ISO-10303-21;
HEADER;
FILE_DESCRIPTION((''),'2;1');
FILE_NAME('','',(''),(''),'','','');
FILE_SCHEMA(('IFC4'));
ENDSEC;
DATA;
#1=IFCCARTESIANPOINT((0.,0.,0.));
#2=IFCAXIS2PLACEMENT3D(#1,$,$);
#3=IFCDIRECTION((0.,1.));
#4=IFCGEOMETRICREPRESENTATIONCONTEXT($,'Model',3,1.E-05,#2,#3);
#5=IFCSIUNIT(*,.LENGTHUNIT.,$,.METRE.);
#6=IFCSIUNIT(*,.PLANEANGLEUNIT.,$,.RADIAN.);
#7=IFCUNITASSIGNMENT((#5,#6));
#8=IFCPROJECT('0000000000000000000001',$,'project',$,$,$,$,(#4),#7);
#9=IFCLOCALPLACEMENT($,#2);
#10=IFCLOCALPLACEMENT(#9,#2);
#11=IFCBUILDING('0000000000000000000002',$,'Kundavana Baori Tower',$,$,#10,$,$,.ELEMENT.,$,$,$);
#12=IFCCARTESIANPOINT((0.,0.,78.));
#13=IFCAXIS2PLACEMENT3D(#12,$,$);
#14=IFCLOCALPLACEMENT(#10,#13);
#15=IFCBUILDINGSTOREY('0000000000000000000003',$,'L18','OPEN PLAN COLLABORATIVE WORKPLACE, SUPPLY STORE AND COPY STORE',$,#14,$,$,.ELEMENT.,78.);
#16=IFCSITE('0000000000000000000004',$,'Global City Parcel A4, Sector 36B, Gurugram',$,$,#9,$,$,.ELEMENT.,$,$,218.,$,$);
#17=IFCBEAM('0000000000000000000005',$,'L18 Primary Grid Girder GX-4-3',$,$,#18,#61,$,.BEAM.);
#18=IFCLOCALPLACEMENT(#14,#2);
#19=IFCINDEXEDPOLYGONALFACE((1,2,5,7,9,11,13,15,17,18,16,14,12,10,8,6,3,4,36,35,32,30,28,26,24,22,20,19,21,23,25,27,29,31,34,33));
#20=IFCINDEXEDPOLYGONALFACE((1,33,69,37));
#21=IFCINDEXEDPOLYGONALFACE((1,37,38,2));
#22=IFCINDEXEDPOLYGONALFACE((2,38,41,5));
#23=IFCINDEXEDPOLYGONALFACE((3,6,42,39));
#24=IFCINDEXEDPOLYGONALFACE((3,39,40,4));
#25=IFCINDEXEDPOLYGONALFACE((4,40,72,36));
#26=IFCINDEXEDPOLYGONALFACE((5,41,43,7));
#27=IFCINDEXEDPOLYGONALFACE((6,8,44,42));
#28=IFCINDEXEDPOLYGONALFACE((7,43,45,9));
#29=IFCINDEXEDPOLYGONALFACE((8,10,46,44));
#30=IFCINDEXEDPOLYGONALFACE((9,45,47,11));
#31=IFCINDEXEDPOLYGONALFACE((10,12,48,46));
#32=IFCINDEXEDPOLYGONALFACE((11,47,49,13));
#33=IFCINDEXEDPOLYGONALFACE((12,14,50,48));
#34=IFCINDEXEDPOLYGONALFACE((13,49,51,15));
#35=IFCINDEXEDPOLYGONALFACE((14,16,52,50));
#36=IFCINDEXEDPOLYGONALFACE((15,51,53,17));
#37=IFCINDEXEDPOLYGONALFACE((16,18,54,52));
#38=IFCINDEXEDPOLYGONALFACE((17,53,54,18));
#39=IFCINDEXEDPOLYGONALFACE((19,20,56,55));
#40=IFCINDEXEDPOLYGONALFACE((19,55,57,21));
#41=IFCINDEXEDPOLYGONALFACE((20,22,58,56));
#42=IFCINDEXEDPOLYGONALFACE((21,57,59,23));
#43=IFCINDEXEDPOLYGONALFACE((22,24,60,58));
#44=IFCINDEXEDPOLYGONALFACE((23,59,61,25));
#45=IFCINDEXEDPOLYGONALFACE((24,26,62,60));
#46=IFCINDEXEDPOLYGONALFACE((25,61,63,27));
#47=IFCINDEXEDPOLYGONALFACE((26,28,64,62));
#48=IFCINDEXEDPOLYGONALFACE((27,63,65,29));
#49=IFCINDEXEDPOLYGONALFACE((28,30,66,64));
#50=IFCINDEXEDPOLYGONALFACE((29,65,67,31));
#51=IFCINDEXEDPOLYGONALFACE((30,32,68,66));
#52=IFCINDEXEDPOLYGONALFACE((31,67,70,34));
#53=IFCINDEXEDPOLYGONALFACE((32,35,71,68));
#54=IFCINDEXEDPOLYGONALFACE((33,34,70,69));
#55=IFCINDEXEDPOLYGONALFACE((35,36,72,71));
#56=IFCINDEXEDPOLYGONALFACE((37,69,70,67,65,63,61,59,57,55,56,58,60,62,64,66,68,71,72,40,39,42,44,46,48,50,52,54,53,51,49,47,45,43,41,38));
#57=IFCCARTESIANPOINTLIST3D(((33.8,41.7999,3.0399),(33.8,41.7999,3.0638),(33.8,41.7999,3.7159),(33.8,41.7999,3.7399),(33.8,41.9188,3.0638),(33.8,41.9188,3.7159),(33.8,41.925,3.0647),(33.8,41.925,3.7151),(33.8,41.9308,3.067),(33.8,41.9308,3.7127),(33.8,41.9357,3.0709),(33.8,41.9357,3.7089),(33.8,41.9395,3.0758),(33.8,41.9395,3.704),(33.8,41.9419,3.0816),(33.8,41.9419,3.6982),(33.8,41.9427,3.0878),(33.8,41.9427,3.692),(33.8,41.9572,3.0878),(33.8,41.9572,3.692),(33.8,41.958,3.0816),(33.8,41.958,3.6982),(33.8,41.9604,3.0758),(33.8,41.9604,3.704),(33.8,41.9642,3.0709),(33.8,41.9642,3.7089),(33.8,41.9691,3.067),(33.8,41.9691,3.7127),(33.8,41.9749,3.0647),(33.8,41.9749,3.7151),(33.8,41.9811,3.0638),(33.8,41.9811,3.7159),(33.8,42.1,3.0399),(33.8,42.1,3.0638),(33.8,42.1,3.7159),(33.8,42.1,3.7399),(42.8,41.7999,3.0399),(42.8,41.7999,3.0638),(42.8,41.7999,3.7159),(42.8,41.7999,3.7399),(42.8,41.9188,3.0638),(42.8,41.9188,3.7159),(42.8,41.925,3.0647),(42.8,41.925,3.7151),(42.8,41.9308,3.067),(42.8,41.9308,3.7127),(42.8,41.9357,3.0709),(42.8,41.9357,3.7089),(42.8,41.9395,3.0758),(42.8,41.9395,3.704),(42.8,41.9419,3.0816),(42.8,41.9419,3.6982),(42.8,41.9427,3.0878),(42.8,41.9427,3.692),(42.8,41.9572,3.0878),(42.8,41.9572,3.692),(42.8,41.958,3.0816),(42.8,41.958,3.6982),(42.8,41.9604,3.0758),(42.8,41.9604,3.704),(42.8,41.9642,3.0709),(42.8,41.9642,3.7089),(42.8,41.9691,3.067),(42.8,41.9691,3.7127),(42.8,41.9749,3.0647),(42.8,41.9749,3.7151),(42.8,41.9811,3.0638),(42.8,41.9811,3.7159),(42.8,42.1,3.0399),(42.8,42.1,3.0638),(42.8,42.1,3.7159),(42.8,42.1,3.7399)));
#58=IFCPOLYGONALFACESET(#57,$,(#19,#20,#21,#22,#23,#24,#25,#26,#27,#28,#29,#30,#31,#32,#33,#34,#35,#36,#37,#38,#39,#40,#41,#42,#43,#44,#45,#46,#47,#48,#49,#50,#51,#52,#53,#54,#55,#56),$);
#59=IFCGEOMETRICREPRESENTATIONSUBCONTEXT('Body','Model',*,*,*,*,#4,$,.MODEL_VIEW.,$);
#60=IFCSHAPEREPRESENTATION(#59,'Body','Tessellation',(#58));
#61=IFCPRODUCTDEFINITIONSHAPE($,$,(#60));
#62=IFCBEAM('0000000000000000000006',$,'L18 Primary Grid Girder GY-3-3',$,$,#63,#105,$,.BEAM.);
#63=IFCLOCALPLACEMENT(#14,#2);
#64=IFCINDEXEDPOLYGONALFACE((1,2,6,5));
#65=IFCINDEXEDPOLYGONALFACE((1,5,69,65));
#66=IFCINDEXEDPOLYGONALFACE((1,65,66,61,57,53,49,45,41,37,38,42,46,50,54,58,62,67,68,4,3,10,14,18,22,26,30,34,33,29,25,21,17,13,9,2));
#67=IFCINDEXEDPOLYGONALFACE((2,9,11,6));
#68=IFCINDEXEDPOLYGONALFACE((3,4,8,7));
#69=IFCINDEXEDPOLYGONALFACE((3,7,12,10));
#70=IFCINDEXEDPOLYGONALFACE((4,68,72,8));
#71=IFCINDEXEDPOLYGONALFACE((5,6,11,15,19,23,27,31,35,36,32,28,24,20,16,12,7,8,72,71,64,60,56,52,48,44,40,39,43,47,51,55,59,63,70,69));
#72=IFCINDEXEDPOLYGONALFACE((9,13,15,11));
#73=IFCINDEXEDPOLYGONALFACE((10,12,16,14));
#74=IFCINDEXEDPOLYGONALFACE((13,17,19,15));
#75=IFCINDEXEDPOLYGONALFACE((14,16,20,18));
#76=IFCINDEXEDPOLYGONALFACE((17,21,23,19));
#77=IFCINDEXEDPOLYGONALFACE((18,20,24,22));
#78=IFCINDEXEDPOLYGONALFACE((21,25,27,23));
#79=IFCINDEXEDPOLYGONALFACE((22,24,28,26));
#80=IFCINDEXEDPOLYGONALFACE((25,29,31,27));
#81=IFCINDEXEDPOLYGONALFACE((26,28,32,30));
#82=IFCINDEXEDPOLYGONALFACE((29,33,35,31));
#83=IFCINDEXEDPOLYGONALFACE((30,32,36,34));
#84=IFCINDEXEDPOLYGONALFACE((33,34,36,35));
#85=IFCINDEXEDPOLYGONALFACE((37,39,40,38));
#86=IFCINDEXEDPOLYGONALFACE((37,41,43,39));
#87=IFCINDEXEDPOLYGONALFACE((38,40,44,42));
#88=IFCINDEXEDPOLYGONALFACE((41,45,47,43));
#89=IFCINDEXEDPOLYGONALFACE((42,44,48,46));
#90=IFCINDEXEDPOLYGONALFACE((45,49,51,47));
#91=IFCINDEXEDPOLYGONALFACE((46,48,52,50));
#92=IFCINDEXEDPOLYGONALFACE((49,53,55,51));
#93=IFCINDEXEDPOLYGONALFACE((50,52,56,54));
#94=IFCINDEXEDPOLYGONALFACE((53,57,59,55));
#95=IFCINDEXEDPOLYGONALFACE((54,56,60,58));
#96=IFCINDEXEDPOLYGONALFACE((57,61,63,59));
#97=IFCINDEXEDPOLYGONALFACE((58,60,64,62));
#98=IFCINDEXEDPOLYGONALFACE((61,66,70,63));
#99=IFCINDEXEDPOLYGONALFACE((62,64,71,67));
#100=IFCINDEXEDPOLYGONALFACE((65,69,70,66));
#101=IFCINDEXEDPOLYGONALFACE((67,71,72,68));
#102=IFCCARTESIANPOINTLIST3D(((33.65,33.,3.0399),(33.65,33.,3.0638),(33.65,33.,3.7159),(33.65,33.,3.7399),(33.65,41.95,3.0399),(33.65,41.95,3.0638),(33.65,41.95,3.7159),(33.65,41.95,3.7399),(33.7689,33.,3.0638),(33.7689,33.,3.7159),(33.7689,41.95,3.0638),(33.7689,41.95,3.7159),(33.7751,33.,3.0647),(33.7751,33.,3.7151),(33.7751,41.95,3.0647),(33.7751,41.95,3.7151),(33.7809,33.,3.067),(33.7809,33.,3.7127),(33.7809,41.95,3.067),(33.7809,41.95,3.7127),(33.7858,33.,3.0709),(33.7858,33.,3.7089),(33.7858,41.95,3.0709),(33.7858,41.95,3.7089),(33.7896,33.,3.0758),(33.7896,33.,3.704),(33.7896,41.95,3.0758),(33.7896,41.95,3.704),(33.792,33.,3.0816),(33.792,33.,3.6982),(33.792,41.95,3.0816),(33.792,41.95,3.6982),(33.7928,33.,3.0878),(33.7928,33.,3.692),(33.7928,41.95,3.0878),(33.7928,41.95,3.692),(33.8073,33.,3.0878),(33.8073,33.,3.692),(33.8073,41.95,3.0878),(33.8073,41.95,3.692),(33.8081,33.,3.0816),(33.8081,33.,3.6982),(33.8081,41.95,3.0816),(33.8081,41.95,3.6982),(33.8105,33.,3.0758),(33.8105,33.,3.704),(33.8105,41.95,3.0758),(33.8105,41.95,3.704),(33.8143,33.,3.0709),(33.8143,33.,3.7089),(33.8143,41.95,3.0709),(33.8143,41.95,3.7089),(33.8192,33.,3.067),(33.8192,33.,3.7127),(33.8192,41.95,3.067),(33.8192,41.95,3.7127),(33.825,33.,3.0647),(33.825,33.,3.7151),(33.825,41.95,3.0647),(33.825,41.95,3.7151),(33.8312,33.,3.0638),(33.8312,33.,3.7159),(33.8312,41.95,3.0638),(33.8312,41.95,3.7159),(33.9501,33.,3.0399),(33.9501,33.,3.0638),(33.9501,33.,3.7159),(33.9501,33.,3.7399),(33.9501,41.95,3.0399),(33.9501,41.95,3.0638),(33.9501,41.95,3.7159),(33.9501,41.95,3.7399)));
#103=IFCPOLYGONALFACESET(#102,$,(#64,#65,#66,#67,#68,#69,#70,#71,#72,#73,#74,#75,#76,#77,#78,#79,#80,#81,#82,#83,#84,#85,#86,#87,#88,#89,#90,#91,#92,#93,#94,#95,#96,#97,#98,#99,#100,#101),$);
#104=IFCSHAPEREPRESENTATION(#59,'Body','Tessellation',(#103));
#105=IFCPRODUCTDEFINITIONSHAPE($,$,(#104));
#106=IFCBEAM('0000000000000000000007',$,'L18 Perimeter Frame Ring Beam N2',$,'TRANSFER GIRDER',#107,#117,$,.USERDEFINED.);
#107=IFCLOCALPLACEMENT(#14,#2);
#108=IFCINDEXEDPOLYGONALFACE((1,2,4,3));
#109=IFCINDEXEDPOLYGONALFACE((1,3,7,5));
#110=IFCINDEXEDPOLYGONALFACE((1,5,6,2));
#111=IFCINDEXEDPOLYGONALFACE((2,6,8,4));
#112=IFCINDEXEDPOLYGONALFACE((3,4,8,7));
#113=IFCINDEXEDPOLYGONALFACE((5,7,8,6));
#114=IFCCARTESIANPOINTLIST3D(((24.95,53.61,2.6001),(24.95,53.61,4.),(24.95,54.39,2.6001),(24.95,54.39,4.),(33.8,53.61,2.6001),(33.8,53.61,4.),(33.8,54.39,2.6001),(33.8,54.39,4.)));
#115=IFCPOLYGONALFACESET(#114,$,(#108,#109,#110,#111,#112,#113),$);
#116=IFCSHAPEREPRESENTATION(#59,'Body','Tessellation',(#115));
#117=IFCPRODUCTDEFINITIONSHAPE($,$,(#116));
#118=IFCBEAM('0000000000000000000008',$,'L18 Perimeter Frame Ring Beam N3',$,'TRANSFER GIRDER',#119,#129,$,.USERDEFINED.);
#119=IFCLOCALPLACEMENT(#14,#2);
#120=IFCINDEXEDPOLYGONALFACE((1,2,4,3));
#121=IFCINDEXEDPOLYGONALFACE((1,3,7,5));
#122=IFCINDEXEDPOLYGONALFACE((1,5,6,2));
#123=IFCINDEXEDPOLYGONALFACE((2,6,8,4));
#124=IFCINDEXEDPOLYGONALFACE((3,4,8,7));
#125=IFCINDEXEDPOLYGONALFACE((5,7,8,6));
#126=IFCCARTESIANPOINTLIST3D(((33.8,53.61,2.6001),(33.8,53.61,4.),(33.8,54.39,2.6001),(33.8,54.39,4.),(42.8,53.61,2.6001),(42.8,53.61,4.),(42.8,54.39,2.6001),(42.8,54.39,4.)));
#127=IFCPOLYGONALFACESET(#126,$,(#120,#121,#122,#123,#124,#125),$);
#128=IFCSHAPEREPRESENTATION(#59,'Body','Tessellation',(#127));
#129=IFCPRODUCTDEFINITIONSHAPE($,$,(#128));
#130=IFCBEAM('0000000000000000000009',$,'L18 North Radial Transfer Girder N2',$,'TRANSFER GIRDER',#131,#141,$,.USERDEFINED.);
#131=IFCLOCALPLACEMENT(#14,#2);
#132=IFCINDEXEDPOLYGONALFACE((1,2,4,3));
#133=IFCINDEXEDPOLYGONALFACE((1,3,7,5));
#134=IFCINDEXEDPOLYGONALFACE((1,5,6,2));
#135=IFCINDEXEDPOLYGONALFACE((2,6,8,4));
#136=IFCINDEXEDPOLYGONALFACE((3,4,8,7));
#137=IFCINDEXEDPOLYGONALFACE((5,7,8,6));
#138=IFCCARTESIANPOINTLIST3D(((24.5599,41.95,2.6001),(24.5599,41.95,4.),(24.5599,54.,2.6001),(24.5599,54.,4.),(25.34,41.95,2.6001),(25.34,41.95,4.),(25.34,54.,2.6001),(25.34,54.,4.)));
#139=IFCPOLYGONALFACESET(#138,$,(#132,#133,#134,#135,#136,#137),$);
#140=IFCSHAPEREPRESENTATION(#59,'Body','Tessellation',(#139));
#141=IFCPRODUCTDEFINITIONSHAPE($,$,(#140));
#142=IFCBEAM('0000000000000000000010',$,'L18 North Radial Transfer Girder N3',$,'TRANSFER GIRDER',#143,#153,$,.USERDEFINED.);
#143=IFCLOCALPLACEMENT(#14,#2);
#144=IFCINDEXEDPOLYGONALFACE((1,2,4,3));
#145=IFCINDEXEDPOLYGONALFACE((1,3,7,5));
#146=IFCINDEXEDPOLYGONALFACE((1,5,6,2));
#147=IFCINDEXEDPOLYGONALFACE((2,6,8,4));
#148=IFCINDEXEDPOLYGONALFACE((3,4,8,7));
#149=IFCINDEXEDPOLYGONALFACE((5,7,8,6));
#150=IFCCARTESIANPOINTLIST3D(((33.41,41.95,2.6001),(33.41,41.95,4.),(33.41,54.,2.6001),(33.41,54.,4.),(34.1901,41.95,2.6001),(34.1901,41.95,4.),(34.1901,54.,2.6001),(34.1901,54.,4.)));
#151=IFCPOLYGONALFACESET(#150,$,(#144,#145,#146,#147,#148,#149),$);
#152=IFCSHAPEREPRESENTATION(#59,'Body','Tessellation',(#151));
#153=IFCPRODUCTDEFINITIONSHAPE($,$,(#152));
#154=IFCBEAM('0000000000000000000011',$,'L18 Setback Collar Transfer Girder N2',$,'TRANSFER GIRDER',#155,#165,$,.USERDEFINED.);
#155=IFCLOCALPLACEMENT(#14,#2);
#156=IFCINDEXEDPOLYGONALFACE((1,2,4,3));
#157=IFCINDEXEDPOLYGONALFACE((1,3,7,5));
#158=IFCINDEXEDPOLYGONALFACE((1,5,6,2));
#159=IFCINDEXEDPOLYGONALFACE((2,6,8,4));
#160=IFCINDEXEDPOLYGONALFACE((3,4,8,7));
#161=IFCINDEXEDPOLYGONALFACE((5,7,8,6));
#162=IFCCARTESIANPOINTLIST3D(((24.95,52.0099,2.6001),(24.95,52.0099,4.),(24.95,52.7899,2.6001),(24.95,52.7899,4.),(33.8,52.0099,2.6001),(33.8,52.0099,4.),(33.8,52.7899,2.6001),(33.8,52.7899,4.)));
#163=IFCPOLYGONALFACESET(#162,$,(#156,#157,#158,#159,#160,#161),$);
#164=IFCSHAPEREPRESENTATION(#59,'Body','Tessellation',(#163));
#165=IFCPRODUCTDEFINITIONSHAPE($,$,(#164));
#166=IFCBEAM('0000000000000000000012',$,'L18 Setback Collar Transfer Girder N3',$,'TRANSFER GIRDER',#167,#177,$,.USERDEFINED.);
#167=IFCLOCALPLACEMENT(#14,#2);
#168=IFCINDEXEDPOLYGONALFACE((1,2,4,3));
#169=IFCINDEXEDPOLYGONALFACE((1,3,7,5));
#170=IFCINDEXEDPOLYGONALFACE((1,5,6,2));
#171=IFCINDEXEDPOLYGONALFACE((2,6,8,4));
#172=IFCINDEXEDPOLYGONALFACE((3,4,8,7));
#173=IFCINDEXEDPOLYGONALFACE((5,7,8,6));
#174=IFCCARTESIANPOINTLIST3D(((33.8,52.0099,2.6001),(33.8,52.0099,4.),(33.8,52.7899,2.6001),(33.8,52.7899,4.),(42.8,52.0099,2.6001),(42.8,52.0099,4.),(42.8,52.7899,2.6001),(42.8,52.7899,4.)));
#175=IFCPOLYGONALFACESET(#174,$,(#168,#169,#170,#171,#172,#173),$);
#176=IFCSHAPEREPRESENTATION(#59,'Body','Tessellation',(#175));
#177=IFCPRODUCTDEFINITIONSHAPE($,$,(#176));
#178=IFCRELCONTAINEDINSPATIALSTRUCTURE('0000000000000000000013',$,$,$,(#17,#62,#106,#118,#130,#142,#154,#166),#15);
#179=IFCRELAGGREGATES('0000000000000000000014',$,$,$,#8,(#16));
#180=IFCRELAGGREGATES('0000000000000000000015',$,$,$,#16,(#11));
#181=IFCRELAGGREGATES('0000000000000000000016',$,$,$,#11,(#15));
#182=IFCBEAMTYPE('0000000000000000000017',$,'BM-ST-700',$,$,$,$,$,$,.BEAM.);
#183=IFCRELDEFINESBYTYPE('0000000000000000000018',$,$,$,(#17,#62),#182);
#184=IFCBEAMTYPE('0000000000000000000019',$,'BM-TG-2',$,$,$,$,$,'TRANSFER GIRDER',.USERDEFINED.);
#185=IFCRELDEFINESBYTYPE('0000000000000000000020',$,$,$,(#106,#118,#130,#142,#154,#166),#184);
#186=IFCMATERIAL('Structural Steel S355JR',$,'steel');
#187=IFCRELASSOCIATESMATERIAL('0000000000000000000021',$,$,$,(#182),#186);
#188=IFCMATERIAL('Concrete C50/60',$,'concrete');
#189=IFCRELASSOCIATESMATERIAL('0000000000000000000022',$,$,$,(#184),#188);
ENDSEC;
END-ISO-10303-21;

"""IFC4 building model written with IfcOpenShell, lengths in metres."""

from ifc_helpers import new_model, si_unit, direction, frame, origin, origin_2d, place, context, subcontext, project, spatial, rectangle, i_section, extrude, material, material_profile, profile_set, type_object, element, save


model = new_model("IFC4")

# Units and contexts
model_context = context("Model", 3, precision=1e-05, world=origin(), true_north=direction((0.0, 1.0)))
body_context = subcontext(model_context, "Body", "Model", "MODEL_VIEW")
ifc_project = project(units=[si_unit("LENGTHUNIT", "METRE"), si_unit("PLANEANGLEUNIT", "RADIAN")], contexts=[model_context])

# Site, building, storey
site_placement = place(None, origin())
site = spatial("IfcSite", under=ifc_project, at=site_placement, Name="Global City Parcel A4, Sector 36B, Gurugram", CompositionType="ELEMENT", RefElevation=218.0)
building_placement = place(site_placement, origin())
building = spatial("IfcBuilding", under=site, at=building_placement, Name="Kundavana Baori Tower", CompositionType="ELEMENT")
storey_placement = place(building_placement, frame((0.0, 0.0, 78.0)))
storey = spatial("IfcBuildingStorey", under=building, at=storey_placement, Name="L18", Description="OPEN PLAN COLLABORATIVE WORKPLACE, SUPPLY STORE AND COPY STORE", CompositionType="ELEMENT", Elevation=78.0)

# Beams
ifc_material_1 = material(Name="Structural Steel S355JR", Category="steel")
ifc_material_profile_1 = material_profile(ifc_material_1, i_section(OverallWidth=0.3, OverallDepth=0.7, WebThickness=0.0144, FlangeThickness=0.0239, FilletRadius=0.0239, at=origin_2d()), Name="NPB 700x300x170")
ifc_profile_set_1 = profile_set([ifc_material_profile_1], Name="Structural Steel S355JR")
beam_type_1 = type_object("IfcBeamType", Name="BM-ST-700", PredefinedType="BEAM", material=ifc_profile_set_1)
beam_1_placement = place(storey_placement, frame((33.8, 41.95, 3.3899), z_axis=(1.0, 0.0, 0.0), x_axis=(0.0, 1.0, 0.0)))
element("IfcBeam", 1, at=beam_1_placement, inside=storey, type_object=beam_type_1, Name="L18 Primary Grid Girder GX-4-3", PredefinedType="BEAM", context=body_context, shape_type="SweptSolid", body=[
    extrude(i_section(OverallWidth=0.3, OverallDepth=0.7, WebThickness=0.0144, FlangeThickness=0.0239, FilletRadius=0.0239, at=origin_2d()), origin(), (0.0, 0.0, 1.0), 9.0),
])
beam_2_placement = place(storey_placement, frame((33.8, 33.0, 3.3899), z_axis=(0.0, 1.0, 0.0), x_axis=(-1.0, 0.0, 0.0)))
element("IfcBeam", 2, at=beam_2_placement, inside=storey, type_object=beam_type_1, Name="L18 Primary Grid Girder GY-3-3", PredefinedType="BEAM", context=body_context, shape_type="SweptSolid", body=[
    extrude(i_section(OverallWidth=0.3, OverallDepth=0.7, WebThickness=0.0144, FlangeThickness=0.0239, FilletRadius=0.0239, at=origin_2d()), origin(), (0.0, 0.0, 1.0), 8.95),
])
ifc_material_2 = material(Name="Concrete C50/60", Category="concrete")
ifc_material_profile_2 = material_profile(ifc_material_2, rectangle(XDim=0.78, YDim=1.3999, at=origin_2d()), Name="BM-TG-2")
ifc_profile_set_2 = profile_set([ifc_material_profile_2], Name="Concrete C50/60")
beam_type_2 = type_object("IfcBeamType", Name="BM-TG-2", ElementType="TRANSFER GIRDER", PredefinedType="USERDEFINED", material=ifc_profile_set_2)
beam_3_placement = place(storey_placement, frame((24.95, 54.0, 3.3), z_axis=(1.0, 0.0, 0.0), x_axis=(0.0, 1.0, 0.0)))
element("IfcBeam", 3, at=beam_3_placement, inside=storey, type_object=beam_type_2, Name="L18 Perimeter Frame Ring Beam N2", ObjectType="TRANSFER GIRDER", PredefinedType="USERDEFINED", context=body_context, shape_type="SweptSolid", body=[
    extrude(rectangle(XDim=0.78, YDim=1.3999, at=origin_2d()), origin(), (0.0, 0.0, 1.0), 8.8501),
])
beam_4_placement = place(storey_placement, frame((33.8, 54.0, 3.3), z_axis=(1.0, 0.0, 0.0), x_axis=(0.0, 1.0, 0.0)))
element("IfcBeam", 4, at=beam_4_placement, inside=storey, type_object=beam_type_2, Name="L18 Perimeter Frame Ring Beam N3", ObjectType="TRANSFER GIRDER", PredefinedType="USERDEFINED", context=body_context, shape_type="SweptSolid", body=[
    extrude(rectangle(XDim=0.78, YDim=1.3999, at=origin_2d()), origin(), (0.0, 0.0, 1.0), 9.0),
])
for number, where, z_axis, x_axis, name in (
    (5, (24.95, 41.95, 3.3), (0.0, 1.0, 0.0), (-1.0, 0.0, 0.0), "L18 North Radial Transfer Girder N2"),
    (6, (33.8, 41.95, 3.3), (0.0, 1.0, 0.0), (-1.0, 0.0, 0.0), "L18 North Radial Transfer Girder N3"),
):
    element("IfcBeam", number, at=place(storey_placement, frame(where, z_axis=z_axis, x_axis=x_axis)), inside=storey, type_object=beam_type_2, Name=name, ObjectType="TRANSFER GIRDER", PredefinedType="USERDEFINED", context=body_context, shape_type="SweptSolid", body=[
        extrude(rectangle(XDim=0.78, YDim=1.3999, at=origin_2d()), origin(), (0.0, 0.0, 1.0), 12.05),
    ])
beam_5_placement = place(storey_placement, frame((24.95, 52.3999, 3.3), z_axis=(1.0, 0.0, 0.0), x_axis=(0.0, 1.0, 0.0)))
element("IfcBeam", 7, at=beam_5_placement, inside=storey, type_object=beam_type_2, Name="L18 Setback Collar Transfer Girder N2", ObjectType="TRANSFER GIRDER", PredefinedType="USERDEFINED", context=body_context, shape_type="SweptSolid", body=[
    extrude(rectangle(XDim=0.78, YDim=1.3999, at=origin_2d()), origin(), (0.0, 0.0, 1.0), 8.8501),
])
beam_6_placement = place(storey_placement, frame((33.8, 52.3999, 3.3), z_axis=(1.0, 0.0, 0.0), x_axis=(0.0, 1.0, 0.0)))
element("IfcBeam", 8, at=beam_6_placement, inside=storey, type_object=beam_type_2, Name="L18 Setback Collar Transfer Girder N3", ObjectType="TRANSFER GIRDER", PredefinedType="USERDEFINED", context=body_context, shape_type="SweptSolid", body=[
    extrude(rectangle(XDim=0.78, YDim=1.3999, at=origin_2d()), origin(), (0.0, 0.0, 1.0), 9.0),
])

save(model, "model.ifc")
